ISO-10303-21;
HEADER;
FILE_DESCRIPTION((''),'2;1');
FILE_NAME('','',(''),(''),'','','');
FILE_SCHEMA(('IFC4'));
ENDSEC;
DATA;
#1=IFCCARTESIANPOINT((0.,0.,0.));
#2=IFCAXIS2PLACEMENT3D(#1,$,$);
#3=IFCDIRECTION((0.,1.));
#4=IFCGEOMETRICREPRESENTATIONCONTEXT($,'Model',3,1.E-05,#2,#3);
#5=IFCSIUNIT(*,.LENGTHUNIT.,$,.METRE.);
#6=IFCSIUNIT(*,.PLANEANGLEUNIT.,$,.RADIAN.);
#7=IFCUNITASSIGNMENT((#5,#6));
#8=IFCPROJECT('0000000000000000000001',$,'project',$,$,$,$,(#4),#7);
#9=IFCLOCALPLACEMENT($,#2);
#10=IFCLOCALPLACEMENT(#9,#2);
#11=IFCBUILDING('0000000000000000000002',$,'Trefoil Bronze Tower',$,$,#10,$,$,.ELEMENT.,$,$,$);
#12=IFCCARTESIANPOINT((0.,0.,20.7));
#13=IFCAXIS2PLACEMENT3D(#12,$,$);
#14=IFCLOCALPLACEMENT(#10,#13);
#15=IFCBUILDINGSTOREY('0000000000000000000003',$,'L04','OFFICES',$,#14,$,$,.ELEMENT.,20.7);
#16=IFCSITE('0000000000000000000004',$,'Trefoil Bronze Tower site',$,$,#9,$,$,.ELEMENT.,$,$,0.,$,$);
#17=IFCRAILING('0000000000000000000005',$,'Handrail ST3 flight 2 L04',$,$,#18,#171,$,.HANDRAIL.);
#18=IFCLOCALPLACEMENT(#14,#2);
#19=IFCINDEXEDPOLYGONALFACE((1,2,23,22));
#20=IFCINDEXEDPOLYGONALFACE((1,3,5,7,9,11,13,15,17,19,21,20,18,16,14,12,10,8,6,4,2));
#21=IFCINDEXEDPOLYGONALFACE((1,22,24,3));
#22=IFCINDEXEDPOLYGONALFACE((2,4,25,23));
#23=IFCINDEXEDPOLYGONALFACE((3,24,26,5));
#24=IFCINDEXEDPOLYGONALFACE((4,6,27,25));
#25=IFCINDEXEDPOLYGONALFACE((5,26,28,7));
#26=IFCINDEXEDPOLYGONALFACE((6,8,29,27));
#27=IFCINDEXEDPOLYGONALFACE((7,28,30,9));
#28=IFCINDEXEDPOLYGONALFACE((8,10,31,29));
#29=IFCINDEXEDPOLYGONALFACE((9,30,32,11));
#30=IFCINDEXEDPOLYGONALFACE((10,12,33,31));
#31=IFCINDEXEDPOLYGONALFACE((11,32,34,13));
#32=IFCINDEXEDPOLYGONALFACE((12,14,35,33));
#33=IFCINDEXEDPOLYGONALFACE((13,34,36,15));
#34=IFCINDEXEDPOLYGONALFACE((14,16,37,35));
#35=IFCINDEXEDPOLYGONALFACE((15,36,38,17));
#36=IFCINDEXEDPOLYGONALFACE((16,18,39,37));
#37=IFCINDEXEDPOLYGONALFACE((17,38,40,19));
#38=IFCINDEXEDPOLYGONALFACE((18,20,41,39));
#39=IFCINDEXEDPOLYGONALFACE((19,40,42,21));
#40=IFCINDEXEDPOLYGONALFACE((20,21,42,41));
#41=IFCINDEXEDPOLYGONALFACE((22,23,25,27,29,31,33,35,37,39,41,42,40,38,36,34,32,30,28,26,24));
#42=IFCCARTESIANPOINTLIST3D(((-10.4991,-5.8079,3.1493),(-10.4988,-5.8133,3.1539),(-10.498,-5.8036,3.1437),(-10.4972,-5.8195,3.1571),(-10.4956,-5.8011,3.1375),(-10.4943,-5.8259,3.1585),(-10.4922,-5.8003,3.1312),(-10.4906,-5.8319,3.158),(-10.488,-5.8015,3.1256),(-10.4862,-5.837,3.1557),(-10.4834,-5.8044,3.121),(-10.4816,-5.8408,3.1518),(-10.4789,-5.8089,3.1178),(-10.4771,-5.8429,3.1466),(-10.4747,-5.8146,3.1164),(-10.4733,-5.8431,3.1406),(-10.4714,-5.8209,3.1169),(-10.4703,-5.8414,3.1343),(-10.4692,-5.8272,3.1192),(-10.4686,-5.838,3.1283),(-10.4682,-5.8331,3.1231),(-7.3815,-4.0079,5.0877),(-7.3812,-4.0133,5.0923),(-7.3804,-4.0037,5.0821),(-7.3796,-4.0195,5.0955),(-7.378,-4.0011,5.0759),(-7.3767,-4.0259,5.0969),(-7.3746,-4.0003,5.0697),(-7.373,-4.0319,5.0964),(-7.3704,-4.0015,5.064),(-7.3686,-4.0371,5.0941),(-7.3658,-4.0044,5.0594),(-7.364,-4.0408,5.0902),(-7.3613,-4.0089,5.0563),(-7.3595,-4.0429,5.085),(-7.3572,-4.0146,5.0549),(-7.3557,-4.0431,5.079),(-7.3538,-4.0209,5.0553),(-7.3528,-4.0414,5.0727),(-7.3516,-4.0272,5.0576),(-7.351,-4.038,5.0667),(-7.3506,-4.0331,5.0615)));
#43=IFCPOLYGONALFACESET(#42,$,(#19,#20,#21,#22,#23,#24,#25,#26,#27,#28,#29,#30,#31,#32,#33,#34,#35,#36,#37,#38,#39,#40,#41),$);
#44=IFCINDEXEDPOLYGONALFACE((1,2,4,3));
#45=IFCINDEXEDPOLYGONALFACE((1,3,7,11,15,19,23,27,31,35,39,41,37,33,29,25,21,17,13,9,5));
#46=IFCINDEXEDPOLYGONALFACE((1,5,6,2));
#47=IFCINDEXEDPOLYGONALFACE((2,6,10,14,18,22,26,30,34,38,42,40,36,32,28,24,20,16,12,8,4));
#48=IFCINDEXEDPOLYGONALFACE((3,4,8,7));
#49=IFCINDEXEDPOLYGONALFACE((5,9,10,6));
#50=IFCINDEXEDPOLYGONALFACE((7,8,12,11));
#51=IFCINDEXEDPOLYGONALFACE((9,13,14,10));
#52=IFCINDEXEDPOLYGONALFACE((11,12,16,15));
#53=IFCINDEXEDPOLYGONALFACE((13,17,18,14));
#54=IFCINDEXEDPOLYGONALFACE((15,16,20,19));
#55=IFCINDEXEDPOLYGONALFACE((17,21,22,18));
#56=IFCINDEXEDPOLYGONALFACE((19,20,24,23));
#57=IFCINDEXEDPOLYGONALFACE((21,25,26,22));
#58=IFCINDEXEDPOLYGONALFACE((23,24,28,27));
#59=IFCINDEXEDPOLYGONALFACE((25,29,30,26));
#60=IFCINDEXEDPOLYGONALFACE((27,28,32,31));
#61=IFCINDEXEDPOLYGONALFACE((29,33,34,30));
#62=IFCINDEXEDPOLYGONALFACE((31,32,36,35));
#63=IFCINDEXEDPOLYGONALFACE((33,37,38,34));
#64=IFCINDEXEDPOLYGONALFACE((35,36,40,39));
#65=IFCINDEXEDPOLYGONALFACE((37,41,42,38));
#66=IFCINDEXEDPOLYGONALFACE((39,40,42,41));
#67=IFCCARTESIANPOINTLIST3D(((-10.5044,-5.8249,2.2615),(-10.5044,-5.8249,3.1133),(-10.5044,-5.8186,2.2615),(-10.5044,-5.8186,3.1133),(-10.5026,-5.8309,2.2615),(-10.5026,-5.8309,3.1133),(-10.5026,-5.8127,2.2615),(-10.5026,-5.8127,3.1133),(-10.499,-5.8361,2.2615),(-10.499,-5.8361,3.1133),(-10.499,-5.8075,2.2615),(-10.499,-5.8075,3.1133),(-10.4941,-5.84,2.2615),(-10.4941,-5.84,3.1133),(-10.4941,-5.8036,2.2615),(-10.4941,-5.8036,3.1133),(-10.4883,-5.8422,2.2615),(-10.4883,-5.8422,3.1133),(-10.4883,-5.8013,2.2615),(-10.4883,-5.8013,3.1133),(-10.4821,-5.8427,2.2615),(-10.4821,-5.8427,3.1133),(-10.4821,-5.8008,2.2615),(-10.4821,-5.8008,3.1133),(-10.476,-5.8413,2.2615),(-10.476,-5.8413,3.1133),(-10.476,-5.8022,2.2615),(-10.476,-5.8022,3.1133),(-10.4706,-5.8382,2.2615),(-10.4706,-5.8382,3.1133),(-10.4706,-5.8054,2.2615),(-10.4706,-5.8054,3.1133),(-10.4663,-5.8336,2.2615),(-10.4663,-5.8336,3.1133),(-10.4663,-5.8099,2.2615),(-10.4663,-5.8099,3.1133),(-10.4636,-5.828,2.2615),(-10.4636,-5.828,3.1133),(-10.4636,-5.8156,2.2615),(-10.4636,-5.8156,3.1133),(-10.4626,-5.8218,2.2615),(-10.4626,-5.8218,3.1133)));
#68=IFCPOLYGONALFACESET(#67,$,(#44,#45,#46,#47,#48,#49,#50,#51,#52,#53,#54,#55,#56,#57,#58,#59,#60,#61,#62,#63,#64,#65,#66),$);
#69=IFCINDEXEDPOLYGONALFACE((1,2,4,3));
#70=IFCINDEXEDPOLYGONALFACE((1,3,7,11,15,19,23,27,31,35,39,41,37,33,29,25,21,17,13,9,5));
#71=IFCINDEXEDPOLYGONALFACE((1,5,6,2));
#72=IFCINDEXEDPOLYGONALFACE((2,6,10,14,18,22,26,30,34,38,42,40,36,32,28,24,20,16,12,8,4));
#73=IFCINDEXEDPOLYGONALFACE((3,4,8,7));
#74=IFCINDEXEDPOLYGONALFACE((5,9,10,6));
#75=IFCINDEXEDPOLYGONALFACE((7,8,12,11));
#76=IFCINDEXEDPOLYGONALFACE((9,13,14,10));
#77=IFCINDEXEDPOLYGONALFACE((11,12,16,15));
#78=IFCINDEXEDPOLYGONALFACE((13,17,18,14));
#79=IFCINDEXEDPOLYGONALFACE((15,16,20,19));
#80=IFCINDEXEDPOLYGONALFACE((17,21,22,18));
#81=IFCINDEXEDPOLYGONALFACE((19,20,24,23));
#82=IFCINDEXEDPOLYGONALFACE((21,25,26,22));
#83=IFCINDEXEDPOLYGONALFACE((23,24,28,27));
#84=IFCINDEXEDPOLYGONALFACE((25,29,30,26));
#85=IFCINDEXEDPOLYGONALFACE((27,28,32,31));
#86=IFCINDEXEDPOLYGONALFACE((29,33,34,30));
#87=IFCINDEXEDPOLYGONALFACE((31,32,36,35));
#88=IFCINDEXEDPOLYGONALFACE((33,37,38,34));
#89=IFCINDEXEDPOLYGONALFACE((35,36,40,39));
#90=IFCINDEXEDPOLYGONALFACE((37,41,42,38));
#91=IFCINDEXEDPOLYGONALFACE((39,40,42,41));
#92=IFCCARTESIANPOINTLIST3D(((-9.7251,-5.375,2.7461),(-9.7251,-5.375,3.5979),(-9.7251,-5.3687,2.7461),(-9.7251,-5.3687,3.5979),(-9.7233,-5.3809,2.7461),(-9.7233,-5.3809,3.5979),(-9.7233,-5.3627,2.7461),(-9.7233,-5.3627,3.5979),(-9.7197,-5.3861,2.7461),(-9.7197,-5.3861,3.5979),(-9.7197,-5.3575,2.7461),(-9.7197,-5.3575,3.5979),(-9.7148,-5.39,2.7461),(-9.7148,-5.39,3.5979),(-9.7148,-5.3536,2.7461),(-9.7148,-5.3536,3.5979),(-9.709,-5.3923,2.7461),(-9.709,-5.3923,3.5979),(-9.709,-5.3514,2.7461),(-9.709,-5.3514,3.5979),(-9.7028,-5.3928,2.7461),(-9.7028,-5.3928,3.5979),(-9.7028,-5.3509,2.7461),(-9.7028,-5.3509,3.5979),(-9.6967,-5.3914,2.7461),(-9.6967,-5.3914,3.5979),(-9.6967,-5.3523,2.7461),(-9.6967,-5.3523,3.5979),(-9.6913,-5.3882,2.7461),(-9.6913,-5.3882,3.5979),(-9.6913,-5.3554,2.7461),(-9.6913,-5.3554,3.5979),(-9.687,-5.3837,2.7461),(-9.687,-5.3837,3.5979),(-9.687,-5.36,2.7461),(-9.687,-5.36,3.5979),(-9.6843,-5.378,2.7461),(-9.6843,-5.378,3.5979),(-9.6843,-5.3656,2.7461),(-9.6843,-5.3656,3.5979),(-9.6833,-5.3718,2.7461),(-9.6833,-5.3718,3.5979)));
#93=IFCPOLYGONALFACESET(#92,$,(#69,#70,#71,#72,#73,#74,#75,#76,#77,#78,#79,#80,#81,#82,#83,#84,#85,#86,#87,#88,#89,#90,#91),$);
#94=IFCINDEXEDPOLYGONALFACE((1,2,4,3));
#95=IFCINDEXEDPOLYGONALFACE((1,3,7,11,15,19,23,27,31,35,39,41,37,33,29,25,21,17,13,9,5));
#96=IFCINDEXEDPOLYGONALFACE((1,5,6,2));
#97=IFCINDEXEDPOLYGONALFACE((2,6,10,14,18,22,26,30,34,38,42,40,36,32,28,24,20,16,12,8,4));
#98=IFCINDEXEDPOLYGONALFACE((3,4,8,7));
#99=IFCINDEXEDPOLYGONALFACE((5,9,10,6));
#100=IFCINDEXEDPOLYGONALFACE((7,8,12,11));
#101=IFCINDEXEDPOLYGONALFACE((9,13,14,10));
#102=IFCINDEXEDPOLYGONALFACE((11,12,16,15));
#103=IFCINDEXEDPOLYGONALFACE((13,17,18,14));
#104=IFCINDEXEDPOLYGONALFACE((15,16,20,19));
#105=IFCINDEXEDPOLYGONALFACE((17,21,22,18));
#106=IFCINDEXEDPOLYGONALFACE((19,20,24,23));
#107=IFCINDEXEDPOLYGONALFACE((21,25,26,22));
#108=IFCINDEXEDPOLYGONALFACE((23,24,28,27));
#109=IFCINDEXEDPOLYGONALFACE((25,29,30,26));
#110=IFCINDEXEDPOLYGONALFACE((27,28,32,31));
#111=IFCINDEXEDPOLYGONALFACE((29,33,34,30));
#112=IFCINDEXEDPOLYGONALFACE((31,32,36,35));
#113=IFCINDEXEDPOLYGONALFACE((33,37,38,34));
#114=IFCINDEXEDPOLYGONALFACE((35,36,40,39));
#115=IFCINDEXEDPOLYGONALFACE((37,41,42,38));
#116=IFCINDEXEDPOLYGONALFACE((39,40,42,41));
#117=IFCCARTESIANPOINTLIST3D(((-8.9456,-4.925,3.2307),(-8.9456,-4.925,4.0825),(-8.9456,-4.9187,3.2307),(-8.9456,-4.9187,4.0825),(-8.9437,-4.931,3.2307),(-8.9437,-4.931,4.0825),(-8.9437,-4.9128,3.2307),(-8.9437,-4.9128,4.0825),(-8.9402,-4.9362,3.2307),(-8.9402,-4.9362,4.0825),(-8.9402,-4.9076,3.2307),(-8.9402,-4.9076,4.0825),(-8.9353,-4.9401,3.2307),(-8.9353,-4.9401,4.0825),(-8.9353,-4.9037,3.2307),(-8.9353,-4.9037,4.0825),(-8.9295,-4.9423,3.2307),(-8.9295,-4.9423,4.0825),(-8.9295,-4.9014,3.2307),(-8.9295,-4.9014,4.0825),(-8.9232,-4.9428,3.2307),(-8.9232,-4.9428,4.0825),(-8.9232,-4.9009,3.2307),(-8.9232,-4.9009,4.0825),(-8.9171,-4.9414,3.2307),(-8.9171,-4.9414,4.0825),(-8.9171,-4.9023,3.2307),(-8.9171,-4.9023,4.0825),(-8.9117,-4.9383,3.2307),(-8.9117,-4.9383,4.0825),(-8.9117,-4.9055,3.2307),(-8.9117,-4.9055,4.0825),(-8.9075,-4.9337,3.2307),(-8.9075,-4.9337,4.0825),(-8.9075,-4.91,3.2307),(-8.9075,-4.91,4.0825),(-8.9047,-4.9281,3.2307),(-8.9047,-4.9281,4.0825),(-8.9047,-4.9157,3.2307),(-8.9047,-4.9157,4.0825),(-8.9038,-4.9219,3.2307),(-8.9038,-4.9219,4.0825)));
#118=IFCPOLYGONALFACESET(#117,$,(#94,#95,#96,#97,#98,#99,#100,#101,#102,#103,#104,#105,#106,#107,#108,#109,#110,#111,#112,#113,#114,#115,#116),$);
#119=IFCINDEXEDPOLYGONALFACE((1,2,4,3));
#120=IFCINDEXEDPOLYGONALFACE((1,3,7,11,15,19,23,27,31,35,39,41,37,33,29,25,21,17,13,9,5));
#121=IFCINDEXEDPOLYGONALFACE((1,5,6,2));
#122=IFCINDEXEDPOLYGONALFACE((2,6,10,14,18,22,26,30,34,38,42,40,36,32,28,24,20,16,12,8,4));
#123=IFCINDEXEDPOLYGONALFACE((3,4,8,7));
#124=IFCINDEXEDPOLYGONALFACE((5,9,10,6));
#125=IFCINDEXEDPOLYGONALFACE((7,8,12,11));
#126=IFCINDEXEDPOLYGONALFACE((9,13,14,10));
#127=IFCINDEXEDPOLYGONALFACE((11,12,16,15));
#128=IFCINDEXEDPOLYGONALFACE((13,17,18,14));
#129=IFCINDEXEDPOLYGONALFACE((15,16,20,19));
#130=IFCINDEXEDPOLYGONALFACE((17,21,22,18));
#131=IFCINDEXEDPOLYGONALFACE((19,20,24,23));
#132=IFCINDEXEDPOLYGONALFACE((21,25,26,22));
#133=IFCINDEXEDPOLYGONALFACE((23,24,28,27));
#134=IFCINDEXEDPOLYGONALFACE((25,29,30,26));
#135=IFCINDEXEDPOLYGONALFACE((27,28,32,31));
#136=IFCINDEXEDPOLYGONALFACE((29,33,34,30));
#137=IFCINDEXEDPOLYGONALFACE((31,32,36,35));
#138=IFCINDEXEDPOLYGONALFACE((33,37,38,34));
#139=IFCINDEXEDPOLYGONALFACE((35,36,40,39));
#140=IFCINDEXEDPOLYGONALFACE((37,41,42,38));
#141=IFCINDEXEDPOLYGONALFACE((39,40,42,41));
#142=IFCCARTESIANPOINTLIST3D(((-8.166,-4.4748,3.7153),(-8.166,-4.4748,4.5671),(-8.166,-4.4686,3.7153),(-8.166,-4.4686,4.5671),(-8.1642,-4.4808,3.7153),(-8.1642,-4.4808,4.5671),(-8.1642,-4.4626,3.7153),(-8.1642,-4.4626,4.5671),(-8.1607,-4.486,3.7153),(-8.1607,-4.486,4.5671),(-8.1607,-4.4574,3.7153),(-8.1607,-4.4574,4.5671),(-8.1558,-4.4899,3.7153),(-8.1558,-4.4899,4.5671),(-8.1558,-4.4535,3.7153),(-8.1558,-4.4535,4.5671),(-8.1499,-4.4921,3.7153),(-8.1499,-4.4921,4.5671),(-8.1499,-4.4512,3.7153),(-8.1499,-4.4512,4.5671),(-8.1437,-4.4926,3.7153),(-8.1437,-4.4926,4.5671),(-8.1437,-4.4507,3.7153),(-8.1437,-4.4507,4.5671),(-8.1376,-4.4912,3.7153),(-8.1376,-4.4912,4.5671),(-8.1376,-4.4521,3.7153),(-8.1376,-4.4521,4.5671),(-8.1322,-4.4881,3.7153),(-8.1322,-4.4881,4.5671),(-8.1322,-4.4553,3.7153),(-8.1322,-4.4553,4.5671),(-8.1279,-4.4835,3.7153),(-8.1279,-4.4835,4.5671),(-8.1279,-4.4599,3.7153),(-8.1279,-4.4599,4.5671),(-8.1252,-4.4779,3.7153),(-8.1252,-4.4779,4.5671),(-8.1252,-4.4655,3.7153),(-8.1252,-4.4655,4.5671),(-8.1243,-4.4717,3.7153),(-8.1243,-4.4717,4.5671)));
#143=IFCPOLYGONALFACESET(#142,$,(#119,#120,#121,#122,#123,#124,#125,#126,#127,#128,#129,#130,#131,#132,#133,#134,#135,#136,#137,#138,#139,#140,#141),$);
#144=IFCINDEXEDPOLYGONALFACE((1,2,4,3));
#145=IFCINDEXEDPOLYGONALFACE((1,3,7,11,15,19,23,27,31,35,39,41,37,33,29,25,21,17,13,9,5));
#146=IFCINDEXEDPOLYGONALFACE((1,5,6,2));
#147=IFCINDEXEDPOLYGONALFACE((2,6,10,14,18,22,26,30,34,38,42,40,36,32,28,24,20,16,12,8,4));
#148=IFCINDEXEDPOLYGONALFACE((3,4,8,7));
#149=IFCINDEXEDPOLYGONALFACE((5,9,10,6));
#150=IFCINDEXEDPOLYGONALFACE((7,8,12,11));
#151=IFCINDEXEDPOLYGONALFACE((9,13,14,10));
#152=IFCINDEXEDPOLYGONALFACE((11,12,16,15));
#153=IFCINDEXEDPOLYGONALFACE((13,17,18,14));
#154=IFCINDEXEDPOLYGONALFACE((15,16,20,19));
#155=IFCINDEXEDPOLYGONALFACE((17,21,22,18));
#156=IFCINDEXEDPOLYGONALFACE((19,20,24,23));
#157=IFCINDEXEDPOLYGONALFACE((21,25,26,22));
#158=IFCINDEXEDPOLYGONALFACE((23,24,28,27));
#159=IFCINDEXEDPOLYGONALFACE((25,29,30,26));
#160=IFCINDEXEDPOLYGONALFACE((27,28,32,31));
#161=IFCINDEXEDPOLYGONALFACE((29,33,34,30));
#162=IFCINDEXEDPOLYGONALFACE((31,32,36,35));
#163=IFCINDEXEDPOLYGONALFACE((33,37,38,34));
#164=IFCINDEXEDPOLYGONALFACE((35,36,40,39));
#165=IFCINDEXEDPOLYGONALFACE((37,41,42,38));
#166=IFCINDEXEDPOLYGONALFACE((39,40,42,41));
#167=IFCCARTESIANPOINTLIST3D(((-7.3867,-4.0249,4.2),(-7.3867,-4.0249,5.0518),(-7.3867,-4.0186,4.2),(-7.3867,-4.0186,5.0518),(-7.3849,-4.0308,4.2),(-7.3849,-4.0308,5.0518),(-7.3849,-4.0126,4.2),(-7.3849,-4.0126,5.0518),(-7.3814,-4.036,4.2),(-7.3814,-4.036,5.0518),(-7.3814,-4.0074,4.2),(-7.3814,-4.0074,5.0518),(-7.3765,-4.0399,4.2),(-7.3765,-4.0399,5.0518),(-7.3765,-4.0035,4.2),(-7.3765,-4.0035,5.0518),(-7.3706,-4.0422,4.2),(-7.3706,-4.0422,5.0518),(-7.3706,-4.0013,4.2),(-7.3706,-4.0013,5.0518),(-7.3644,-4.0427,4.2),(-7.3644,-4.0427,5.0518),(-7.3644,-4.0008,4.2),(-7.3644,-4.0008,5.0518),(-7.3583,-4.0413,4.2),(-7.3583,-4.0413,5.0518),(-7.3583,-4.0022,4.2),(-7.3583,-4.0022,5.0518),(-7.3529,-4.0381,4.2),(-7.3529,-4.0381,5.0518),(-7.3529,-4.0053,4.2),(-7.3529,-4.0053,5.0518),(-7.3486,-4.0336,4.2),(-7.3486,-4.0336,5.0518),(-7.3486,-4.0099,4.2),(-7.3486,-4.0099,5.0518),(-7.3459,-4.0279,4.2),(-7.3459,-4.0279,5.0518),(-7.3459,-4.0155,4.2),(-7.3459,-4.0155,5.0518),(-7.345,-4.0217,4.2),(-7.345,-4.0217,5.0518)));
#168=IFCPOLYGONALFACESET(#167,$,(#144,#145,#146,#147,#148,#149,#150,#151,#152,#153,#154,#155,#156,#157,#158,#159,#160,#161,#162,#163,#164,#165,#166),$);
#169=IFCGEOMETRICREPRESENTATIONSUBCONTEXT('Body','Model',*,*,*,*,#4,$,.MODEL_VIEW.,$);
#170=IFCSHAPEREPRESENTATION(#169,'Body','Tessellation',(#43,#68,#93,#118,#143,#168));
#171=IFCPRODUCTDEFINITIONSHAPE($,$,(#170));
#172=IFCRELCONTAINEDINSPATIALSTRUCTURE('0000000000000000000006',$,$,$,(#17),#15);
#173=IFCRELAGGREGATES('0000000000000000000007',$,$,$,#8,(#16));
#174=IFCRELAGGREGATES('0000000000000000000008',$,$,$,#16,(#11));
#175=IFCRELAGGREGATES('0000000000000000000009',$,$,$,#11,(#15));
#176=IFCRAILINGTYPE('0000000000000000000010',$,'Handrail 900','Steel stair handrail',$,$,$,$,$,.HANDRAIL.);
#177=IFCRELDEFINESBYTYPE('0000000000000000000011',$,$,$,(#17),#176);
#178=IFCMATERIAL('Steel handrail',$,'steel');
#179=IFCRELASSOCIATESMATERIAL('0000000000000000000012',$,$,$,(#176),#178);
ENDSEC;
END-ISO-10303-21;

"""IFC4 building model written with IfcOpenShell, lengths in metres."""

from ifc_helpers import new_model, si_unit, direction, frame, origin, origin_2d, place, context, subcontext, project, spatial, circle, extrude, material, type_object, element, save


model = new_model("IFC4")

# Units and contexts
model_context = context("Model", 3, precision=1e-05, world=origin(), true_north=direction((0.0, 1.0)))
body_context = subcontext(model_context, "Body", "Model", "MODEL_VIEW")
ifc_project = project(units=[si_unit("LENGTHUNIT", "METRE"), si_unit("PLANEANGLEUNIT", "RADIAN")], contexts=[model_context])

# Site, building, storey
site_placement = place(None, origin())
site = spatial("IfcSite", under=ifc_project, at=site_placement, Name="Trefoil Bronze Tower site", CompositionType="ELEMENT", RefElevation=0.0)
building_placement = place(site_placement, origin())
building = spatial("IfcBuilding", under=site, at=building_placement, Name="Trefoil Bronze Tower", CompositionType="ELEMENT")
storey_placement = place(building_placement, frame((0.0, 0.0, 20.7)))
storey = spatial("IfcBuildingStorey", under=building, at=storey_placement, Name="L04", Description="OFFICES", CompositionType="ELEMENT", Elevation=20.7)

# Railing
ifc_material_1 = material(Name="Steel handrail", Category="steel")
railing_type = type_object("IfcRailingType", Name="Handrail 900", Description="Steel stair handrail", PredefinedType="HANDRAIL", material=ifc_material_1)
railing_placement = place(storey_placement, frame((-10.4836, -5.8218, 2.2615)))
element("IfcRailing", 1, at=railing_placement, inside=storey, type_object=railing_type, Name="Handrail ST3 flight 2 L04", PredefinedType="HANDRAIL", context=body_context, shape_type="SweptSolid", body=[
    extrude(circle(Radius=0.0239, at=origin_2d()), frame((0.0, 0.0, 0.876), z_axis=(0.762503, 0.440246, 0.474102), x_axis=(-0.500012, 0.866018, 0.0)), (0.0, 0.0, 1.0), 4.0886),
    extrude(circle(Radius=0.021, at=origin_2d()), origin(), (0.0, 0.0, 1.0), 0.8518),
    extrude(circle(Radius=0.021, at=origin_2d()), frame((0.7793, 0.45, 0.4846)), (0.0, 0.0, 1.0), 0.8518),
    extrude(circle(Radius=0.021, at=origin_2d()), frame((1.5588, 0.8999, 0.9692)), (0.0, 0.0, 1.0), 0.8518),
    extrude(circle(Radius=0.021, at=origin_2d()), frame((2.3384, 1.3501, 1.4539)), (0.0, 0.0, 1.0), 0.8518),
    extrude(circle(Radius=0.021, at=origin_2d()), frame((3.1177, 1.8, 1.9385)), (0.0, 0.0, 1.0), 0.8518),
])

save(model, "model.ifc")
